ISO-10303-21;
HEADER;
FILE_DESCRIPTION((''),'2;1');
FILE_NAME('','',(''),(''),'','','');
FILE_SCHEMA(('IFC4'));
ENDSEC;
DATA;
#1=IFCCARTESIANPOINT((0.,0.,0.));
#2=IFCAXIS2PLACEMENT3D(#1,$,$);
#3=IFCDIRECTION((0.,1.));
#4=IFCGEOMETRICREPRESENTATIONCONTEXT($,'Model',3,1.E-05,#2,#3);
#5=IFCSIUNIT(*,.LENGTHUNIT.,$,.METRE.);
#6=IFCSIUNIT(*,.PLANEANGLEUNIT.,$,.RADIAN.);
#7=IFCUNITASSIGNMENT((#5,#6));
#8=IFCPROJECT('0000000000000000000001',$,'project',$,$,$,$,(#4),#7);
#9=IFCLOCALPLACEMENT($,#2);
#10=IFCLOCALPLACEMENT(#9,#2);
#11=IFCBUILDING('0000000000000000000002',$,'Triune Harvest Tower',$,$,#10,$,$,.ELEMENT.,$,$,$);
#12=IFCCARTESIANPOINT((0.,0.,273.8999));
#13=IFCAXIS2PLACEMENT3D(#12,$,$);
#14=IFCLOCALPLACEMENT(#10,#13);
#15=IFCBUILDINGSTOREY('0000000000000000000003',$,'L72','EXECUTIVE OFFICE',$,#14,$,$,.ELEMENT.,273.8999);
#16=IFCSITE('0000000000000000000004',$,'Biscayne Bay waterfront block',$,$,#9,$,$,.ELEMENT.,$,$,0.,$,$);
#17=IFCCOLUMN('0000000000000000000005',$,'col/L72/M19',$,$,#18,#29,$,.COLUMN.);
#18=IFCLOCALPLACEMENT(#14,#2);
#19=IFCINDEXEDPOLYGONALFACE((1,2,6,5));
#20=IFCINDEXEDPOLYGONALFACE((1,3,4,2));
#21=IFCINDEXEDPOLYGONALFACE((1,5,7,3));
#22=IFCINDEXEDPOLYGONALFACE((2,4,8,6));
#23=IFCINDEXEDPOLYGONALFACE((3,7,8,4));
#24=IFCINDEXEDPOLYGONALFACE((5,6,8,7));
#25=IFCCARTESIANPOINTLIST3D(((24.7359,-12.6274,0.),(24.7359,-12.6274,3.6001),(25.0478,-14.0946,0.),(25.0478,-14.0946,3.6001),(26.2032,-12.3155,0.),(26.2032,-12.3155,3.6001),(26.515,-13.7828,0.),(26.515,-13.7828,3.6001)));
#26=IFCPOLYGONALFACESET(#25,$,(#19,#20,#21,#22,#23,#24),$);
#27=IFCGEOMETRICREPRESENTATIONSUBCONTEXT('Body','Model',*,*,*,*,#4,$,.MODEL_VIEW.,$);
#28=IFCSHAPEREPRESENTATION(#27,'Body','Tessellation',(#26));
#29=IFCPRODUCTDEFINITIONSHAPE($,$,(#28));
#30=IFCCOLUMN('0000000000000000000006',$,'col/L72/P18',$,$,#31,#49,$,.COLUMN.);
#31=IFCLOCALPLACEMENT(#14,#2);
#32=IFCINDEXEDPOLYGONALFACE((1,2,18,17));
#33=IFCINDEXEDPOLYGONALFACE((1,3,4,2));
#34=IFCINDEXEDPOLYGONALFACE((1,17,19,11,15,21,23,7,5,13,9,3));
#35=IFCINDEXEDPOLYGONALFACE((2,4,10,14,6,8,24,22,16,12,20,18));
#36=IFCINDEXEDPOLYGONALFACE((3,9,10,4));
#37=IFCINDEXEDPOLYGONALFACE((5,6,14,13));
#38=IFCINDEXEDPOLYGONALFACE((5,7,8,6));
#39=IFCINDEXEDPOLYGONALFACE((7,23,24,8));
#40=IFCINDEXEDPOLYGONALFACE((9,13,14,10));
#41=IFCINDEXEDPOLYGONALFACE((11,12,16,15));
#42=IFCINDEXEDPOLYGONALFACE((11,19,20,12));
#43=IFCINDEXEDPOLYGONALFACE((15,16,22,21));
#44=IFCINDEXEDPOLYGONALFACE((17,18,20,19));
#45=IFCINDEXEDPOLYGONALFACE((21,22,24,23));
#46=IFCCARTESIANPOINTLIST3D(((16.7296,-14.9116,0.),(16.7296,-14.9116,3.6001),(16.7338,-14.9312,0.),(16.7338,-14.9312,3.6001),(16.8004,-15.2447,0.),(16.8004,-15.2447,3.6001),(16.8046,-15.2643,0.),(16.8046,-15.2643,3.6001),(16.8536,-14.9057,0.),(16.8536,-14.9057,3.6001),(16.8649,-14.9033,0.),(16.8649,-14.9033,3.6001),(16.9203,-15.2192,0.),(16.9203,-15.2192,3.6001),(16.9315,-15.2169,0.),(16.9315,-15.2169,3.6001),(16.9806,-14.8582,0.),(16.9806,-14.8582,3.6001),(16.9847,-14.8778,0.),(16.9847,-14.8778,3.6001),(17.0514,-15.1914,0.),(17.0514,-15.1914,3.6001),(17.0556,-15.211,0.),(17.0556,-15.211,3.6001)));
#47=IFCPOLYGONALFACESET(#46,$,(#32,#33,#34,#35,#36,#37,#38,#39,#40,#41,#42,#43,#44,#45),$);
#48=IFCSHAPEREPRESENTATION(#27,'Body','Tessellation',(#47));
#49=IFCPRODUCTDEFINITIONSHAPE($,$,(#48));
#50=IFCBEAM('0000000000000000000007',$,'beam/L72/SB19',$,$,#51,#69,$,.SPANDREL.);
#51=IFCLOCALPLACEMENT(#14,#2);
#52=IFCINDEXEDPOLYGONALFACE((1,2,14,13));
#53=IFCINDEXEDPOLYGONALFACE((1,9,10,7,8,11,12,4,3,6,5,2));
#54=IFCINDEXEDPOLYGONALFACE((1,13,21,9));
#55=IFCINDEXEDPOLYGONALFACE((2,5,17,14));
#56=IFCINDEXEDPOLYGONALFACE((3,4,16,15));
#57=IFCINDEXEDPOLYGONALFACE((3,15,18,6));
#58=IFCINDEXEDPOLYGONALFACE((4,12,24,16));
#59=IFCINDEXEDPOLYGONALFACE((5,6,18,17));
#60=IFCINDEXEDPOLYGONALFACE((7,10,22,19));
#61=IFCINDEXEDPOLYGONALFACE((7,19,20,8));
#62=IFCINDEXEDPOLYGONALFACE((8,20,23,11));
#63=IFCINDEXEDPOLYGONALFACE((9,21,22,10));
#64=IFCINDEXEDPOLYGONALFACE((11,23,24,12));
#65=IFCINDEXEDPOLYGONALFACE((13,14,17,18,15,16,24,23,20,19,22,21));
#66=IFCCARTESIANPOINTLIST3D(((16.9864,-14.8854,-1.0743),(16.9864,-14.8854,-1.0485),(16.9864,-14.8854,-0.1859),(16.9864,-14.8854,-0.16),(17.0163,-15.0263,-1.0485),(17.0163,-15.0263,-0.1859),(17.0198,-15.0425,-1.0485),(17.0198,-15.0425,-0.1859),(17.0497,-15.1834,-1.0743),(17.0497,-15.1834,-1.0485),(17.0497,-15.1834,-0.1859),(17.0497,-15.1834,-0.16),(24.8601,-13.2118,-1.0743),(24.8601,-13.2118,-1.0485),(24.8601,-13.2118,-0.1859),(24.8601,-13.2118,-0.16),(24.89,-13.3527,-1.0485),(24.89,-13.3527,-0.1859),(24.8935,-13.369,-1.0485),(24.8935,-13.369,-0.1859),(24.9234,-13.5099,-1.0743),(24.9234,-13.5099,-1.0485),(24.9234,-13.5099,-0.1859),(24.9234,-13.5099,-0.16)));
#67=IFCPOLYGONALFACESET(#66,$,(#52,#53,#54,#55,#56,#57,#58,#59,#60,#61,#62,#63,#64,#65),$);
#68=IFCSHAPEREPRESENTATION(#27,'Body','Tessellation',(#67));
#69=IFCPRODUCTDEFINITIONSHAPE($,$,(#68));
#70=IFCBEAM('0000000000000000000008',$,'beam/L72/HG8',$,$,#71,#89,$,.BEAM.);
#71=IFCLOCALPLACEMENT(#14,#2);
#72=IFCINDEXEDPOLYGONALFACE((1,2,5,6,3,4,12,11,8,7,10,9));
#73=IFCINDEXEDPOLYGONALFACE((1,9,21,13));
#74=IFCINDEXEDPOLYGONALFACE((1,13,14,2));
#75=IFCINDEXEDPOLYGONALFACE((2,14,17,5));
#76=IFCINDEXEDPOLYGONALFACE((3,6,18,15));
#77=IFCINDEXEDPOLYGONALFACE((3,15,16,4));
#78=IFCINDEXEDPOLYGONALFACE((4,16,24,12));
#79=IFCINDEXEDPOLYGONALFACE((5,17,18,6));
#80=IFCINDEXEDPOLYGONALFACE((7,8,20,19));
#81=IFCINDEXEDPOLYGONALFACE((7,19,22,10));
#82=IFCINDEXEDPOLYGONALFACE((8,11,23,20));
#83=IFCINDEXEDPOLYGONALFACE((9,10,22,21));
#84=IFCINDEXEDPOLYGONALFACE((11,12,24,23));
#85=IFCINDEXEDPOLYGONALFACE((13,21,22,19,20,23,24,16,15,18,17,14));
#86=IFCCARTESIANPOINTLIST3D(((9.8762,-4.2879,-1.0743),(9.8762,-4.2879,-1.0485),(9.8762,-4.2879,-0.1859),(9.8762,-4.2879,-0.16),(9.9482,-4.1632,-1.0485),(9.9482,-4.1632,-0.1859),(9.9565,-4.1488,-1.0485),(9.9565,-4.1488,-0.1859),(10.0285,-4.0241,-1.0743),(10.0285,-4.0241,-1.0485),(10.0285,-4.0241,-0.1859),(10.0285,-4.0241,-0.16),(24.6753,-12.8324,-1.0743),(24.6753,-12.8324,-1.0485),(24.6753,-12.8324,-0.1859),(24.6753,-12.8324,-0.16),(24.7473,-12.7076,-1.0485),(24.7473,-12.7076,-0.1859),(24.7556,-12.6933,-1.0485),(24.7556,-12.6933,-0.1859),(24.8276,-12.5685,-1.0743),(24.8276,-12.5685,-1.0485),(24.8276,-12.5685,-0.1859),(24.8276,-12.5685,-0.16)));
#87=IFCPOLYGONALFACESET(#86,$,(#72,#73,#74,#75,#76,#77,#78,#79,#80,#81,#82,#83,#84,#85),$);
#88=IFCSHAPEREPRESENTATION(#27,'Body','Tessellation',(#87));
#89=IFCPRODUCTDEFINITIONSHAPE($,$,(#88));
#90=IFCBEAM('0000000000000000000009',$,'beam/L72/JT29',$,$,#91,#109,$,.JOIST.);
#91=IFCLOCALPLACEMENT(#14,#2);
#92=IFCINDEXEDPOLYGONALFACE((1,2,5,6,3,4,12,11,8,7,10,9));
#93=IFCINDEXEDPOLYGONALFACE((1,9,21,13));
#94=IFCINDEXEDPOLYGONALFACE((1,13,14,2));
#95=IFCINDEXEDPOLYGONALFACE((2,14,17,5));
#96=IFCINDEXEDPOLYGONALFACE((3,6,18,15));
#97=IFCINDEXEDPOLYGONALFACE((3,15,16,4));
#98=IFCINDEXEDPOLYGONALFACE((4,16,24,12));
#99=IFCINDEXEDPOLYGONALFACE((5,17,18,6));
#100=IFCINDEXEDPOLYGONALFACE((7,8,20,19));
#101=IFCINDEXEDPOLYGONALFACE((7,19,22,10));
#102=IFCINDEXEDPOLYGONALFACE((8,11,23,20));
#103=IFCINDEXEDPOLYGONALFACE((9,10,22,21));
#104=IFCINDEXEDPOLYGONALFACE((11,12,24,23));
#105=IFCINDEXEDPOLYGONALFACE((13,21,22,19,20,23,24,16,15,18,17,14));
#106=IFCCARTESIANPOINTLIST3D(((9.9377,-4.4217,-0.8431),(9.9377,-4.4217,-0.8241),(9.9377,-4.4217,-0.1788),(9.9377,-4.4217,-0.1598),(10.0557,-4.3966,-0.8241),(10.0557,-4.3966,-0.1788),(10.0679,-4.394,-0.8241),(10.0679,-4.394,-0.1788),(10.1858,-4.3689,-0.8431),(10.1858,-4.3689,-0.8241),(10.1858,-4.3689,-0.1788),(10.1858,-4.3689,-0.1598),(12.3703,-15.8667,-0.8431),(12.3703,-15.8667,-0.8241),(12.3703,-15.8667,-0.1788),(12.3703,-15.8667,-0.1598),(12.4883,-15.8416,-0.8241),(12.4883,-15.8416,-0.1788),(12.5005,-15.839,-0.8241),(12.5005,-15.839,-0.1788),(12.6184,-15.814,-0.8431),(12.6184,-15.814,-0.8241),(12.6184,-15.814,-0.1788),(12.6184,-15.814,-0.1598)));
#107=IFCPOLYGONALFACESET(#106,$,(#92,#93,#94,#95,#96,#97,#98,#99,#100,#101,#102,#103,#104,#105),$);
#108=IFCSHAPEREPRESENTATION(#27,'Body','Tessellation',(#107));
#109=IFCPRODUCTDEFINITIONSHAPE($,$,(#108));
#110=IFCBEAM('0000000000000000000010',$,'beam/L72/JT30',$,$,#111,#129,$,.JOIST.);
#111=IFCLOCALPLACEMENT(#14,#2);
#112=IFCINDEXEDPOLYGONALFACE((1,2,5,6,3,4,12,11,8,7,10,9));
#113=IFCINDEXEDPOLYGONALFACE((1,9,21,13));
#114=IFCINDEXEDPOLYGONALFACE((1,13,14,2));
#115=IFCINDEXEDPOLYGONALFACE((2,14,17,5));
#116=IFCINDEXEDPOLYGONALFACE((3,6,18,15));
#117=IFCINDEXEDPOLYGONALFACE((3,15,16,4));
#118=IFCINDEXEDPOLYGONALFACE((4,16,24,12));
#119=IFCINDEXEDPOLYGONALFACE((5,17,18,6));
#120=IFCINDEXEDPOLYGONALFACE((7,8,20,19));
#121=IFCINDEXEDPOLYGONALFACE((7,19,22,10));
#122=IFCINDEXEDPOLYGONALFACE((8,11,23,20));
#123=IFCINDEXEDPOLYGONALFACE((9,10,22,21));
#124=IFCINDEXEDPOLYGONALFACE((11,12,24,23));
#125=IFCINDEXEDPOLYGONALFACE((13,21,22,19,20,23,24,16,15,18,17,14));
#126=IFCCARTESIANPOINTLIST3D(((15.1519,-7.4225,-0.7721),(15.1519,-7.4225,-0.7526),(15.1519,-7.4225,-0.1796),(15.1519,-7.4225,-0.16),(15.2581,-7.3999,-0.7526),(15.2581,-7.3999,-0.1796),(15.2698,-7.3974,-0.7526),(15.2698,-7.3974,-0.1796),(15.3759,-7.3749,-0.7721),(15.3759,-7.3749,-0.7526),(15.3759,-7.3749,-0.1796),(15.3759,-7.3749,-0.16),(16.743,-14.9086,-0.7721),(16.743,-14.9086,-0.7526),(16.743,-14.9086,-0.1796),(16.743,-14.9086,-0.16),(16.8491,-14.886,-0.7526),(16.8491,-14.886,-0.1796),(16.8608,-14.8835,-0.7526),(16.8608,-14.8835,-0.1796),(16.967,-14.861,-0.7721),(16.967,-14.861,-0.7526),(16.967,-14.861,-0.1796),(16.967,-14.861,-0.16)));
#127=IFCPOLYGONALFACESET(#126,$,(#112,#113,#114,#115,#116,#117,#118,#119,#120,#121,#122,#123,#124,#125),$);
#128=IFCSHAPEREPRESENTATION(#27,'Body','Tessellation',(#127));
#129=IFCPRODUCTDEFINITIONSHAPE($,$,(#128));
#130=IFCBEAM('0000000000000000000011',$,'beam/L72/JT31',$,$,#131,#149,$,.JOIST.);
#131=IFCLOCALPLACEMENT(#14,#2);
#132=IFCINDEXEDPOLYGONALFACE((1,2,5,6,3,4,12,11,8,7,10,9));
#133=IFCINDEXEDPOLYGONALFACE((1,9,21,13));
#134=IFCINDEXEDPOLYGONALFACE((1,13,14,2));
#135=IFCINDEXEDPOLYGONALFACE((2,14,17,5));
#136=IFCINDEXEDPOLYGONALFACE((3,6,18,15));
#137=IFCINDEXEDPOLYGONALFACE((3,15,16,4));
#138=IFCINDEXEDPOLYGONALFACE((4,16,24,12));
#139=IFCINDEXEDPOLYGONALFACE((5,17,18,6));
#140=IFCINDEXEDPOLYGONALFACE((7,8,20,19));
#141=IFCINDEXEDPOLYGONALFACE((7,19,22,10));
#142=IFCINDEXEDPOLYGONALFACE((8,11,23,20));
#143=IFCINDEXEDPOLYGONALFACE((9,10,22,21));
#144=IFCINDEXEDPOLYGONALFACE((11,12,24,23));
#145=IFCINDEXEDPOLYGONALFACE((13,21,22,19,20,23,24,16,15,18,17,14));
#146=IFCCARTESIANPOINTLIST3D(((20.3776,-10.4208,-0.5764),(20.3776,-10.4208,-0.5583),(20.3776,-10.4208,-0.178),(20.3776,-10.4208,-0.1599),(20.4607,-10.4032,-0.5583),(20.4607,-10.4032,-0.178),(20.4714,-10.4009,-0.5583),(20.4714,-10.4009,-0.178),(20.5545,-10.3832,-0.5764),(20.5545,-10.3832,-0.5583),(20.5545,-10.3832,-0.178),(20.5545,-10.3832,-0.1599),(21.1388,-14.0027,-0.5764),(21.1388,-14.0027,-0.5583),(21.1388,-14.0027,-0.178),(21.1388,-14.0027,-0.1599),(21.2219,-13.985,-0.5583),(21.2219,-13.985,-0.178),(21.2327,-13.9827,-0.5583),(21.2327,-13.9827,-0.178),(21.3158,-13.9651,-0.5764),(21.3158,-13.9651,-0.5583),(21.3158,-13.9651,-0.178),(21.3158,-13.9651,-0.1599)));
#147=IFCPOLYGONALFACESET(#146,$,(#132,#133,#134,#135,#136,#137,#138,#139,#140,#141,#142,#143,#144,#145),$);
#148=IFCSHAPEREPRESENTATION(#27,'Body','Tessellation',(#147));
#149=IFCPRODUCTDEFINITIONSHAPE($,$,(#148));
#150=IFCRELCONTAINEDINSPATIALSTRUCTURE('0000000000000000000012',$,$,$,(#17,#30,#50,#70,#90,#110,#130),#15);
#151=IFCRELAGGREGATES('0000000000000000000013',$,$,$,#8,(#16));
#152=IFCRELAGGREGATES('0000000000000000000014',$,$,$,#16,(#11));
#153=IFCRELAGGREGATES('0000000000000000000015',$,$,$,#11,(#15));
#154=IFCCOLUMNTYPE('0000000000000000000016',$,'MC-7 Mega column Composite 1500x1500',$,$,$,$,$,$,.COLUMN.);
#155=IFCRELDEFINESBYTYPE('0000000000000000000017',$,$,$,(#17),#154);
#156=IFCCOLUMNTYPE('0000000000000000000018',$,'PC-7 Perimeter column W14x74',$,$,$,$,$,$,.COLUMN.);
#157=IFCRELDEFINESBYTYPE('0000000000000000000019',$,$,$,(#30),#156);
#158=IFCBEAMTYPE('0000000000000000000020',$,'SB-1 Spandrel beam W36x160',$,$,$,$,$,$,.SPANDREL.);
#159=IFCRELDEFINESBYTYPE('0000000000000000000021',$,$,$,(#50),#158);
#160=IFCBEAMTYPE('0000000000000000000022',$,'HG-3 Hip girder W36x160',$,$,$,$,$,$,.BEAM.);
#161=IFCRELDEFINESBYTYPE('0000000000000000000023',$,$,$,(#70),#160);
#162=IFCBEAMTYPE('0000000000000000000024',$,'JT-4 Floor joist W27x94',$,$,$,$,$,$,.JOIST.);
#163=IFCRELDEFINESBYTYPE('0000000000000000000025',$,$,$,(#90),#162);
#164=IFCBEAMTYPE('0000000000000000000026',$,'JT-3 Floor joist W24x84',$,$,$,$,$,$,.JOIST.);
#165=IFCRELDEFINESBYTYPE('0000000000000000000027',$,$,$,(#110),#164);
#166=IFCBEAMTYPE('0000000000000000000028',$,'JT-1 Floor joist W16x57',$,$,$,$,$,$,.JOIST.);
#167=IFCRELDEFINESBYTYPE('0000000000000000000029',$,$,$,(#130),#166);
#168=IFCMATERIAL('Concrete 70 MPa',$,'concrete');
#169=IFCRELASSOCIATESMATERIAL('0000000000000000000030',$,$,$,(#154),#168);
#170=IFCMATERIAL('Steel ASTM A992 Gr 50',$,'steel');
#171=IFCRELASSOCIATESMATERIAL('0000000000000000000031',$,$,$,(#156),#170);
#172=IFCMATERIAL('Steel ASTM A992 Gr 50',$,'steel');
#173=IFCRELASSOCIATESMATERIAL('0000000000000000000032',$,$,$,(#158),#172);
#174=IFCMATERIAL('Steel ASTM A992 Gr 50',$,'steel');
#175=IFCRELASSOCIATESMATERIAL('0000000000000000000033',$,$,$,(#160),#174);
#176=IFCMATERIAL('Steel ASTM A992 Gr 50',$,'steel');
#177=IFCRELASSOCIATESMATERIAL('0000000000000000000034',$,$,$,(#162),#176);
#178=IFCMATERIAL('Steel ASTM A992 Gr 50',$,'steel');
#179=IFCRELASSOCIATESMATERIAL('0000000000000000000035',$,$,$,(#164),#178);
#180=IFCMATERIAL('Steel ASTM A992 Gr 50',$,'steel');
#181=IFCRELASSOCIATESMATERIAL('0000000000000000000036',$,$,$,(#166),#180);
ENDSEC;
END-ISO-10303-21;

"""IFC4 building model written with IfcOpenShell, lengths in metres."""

from ifc_helpers import new_model, si_unit, direction, frame, origin, origin_2d, place, context, subcontext, project, spatial, rectangle, i_section, extrude, source, transform, mapped, material, material_profile, profile_set, type_object, element, save


model = new_model("IFC4")

# Units and contexts
model_context = context("Model", 3, precision=1e-05, world=origin(), true_north=direction((0.0, 1.0)))
body_context = subcontext(model_context, "Body", "Model", "MODEL_VIEW")
ifc_project = project(units=[si_unit("LENGTHUNIT", "METRE"), si_unit("PLANEANGLEUNIT", "RADIAN")], contexts=[model_context])

# Site, building, storey
site_placement = place(None, origin())
site = spatial("IfcSite", under=ifc_project, at=site_placement, Name="Biscayne Bay waterfront block", CompositionType="ELEMENT", RefElevation=0.0)
building_placement = place(site_placement, origin())
building = spatial("IfcBuilding", under=site, at=building_placement, Name="Triune Harvest Tower", CompositionType="ELEMENT")
storey_placement = place(building_placement, frame((0.0, 0.0, 273.8999)))
storey = spatial("IfcBuildingStorey", under=building, at=storey_placement, Name="L72", Description="EXECUTIVE OFFICE", CompositionType="ELEMENT", Elevation=273.8999)

# Columns
ifc_material_1 = material(Name="Concrete 70 MPa", Category="concrete")
ifc_material_profile_1 = material_profile(ifc_material_1, rectangle(XDim=1.5, YDim=1.5, at=origin_2d()), Name="Composite 1500x1500")
ifc_profile_set_1 = profile_set([ifc_material_profile_1], Name="Concrete 70 MPa")
column_type_1 = type_object("IfcColumnType", Name="MC-7 Mega column Composite 1500x1500", PredefinedType="COLUMN", material=ifc_profile_set_1)
shared_shape_1 = source(origin(), body_context, "Body", "SweptSolid", [
    extrude(rectangle(XDim=1.5, YDim=1.5, at=origin_2d()), origin(), (0.0, 0.0, 1.0), 3.6001),
])
column_1_placement = place(storey_placement, frame((25.6255, -13.2051, 0.0), z_axis=(0.0, 0.0, 1.0), x_axis=(0.978147, 0.207913, 0.0)))
element("IfcColumn", 1, at=column_1_placement, inside=storey, type_object=column_type_1, Name="col/L72/M19", PredefinedType="COLUMN", context=body_context, shape_type="MappedRepresentation", body=[
    mapped(shared_shape_1, transform((0.0, 0.0, 0.0), scale=1.0)),
])
ifc_material_2 = material(Name="Steel ASTM A992 Gr 50", Category="steel")
ifc_material_profile_2 = material_profile(ifc_material_2, i_section(OverallWidth=0.2566, OverallDepth=0.3606, WebThickness=0.0115, FlangeThickness=0.02, at=origin_2d()), Name="W14x74")
ifc_profile_set_2 = profile_set([ifc_material_profile_2], Name="Steel ASTM A992 Gr 50")
column_type_2 = type_object("IfcColumnType", Name="PC-7 Perimeter column W14x74", PredefinedType="COLUMN", material=ifc_profile_set_2)
shared_shape_2 = source(origin(), body_context, "Body", "SweptSolid", [
    extrude(i_section(OverallWidth=0.2566, OverallDepth=0.3606, WebThickness=0.0115, FlangeThickness=0.02, at=origin_2d()), origin(), (0.0, 0.0, 1.0), 3.6001),
])
column_2_placement = place(storey_placement, frame((16.8926, -15.0613, 0.0), z_axis=(0.0, 0.0, 1.0), x_axis=(0.978147, 0.207913, 0.0)))
element("IfcColumn", 2, at=column_2_placement, inside=storey, type_object=column_type_2, Name="col/L72/P18", PredefinedType="COLUMN", context=body_context, shape_type="MappedRepresentation", body=[
    mapped(shared_shape_2, transform((0.0, 0.0, 0.0), scale=1.0)),
])

# Beams
ifc_material_3 = material(Name="Steel ASTM A992 Gr 50", Category="steel")
ifc_material_profile_3 = material_profile(ifc_material_3, i_section(OverallWidth=0.3047, OverallDepth=0.9143, WebThickness=0.0166, FlangeThickness=0.0259, at=origin_2d()), Name="W36x160")
ifc_profile_set_3 = profile_set([ifc_material_profile_3], Name="Steel ASTM A992 Gr 50")
beam_type_1 = type_object("IfcBeamType", Name="SB-1 Spandrel beam W36x160", PredefinedType="SPANDREL", material=ifc_profile_set_3)
shared_shape_3 = source(origin(), body_context, "Body", "SweptSolid", [
    extrude(i_section(OverallWidth=0.3047, OverallDepth=0.9143, WebThickness=0.0166, FlangeThickness=0.0259, at=origin_2d()), origin(), (0.0, 0.0, 1.0), 8.0496),
])
beam_1_placement = place(storey_placement, frame((17.0181, -15.0344, -0.6172), z_axis=(0.978149, 0.207907, 0.0), x_axis=(-0.207907, 0.978149, 0.0)))
element("IfcBeam", 3, at=beam_1_placement, inside=storey, type_object=beam_type_1, Name="beam/L72/SB19", PredefinedType="SPANDREL", context=body_context, shape_type="MappedRepresentation", body=[
    mapped(shared_shape_3, transform((0.0, 0.0, 0.0), scale=1.0)),
])
ifc_material_4 = material(Name="Steel ASTM A992 Gr 50", Category="steel")
ifc_material_profile_4 = material_profile(ifc_material_4, i_section(OverallWidth=0.3047, OverallDepth=0.9143, WebThickness=0.0166, FlangeThickness=0.0259, at=origin_2d()), Name="W36x160")
ifc_profile_set_4 = profile_set([ifc_material_profile_4], Name="Steel ASTM A992 Gr 50")
beam_type_2 = type_object("IfcBeamType", Name="HG-3 Hip girder W36x160", PredefinedType="BEAM", material=ifc_profile_set_4)
shared_shape_4 = source(origin(), body_context, "Body", "SweptSolid", [
    extrude(i_section(OverallWidth=0.3047, OverallDepth=0.9143, WebThickness=0.0166, FlangeThickness=0.0259, at=origin_2d()), origin(), (0.0, 0.0, 1.0), 17.0886),
])
beam_2_placement = place(storey_placement, frame((24.7515, -12.7004, -0.6172), z_axis=(-0.866021, 0.500008, 0.0), x_axis=(-0.500008, -0.866021, 0.0)))
element("IfcBeam", 4, at=beam_2_placement, inside=storey, type_object=beam_type_2, Name="beam/L72/HG8", PredefinedType="BEAM", context=body_context, shape_type="MappedRepresentation", body=[
    mapped(shared_shape_4, transform((0.0, 0.0, 0.0), scale=1.0)),
])
ifc_material_5 = material(Name="Steel ASTM A992 Gr 50", Category="steel")
ifc_material_profile_5 = material_profile(ifc_material_5, i_section(OverallWidth=0.2537, OverallDepth=0.6833, WebThickness=0.0125, FlangeThickness=0.019, at=origin_2d()), Name="W27x94")
ifc_profile_set_5 = profile_set([ifc_material_profile_5], Name="Steel ASTM A992 Gr 50")
beam_type_3 = type_object("IfcBeamType", Name="JT-4 Floor joist W27x94", PredefinedType="JOIST", material=ifc_profile_set_5)
shared_shape_5 = source(origin(), body_context, "Body", "SweptSolid", [
    extrude(i_section(OverallWidth=0.2537, OverallDepth=0.6833, WebThickness=0.0125, FlangeThickness=0.019, at=origin_2d()), origin(), (0.0, 0.0, 1.0), 11.7007),
])
beam_3_placement = place(storey_placement, frame((12.4944, -15.8403, -0.5015), z_axis=(-0.207903, 0.978149, 0.0), x_axis=(-0.978149, -0.207903, 0.0)))
element("IfcBeam", 5, at=beam_3_placement, inside=storey, type_object=beam_type_3, Name="beam/L72/JT29", PredefinedType="JOIST", context=body_context, shape_type="MappedRepresentation", body=[
    mapped(shared_shape_5, transform((0.0, 0.0, 0.0), scale=1.0)),
])
ifc_material_6 = material(Name="Steel ASTM A992 Gr 50", Category="steel")
ifc_material_profile_6 = material_profile(ifc_material_6, i_section(OverallWidth=0.229, OverallDepth=0.6121, WebThickness=0.012, FlangeThickness=0.0195, at=origin_2d()), Name="W24x84")
ifc_profile_set_6 = profile_set([ifc_material_profile_6], Name="Steel ASTM A992 Gr 50")
beam_type_4 = type_object("IfcBeamType", Name="JT-3 Floor joist W24x84", PredefinedType="JOIST", material=ifc_profile_set_6)
shared_shape_6 = source(origin(), body_context, "Body", "SweptSolid", [
    extrude(i_section(OverallWidth=0.229, OverallDepth=0.6121, WebThickness=0.012, FlangeThickness=0.0195, at=origin_2d()), origin(), (0.0, 0.0, 1.0), 7.6533),
])
beam_4_placement = place(storey_placement, frame((16.855, -14.8848, -0.4661), z_axis=(-0.207893, 0.978152, 0.0), x_axis=(-0.978152, -0.207893, 0.0)))
element("IfcBeam", 6, at=beam_4_placement, inside=storey, type_object=beam_type_4, Name="beam/L72/JT30", PredefinedType="JOIST", context=body_context, shape_type="MappedRepresentation", body=[
    mapped(shared_shape_6, transform((0.0, 0.0, 0.0), scale=1.0)),
])
ifc_material_7 = material(Name="Steel ASTM A992 Gr 50", Category="steel")
ifc_material_profile_7 = material_profile(ifc_material_7, i_section(OverallWidth=0.1809, OverallDepth=0.4165, WebThickness=0.011, FlangeThickness=0.0181, at=origin_2d()), Name="W16x57")
ifc_profile_set_7 = profile_set([ifc_material_profile_7], Name="Steel ASTM A992 Gr 50")
beam_type_5 = type_object("IfcBeamType", Name="JT-1 Floor joist W16x57", PredefinedType="JOIST", material=ifc_profile_set_7)
shared_shape_7 = source(origin(), body_context, "Body", "SweptSolid", [
    extrude(i_section(OverallWidth=0.1809, OverallDepth=0.4165, WebThickness=0.011, FlangeThickness=0.0181, at=origin_2d()), origin(), (0.0, 0.0, 1.0), 3.6619),
])
beam_5_placement = place(storey_placement, frame((21.2273, -13.9839, -0.3682), z_axis=(-0.207885, 0.978153, 0.0), x_axis=(-0.978153, -0.207885, 0.0)))
element("IfcBeam", 7, at=beam_5_placement, inside=storey, type_object=beam_type_5, Name="beam/L72/JT31", PredefinedType="JOIST", context=body_context, shape_type="MappedRepresentation", body=[
    mapped(shared_shape_7, transform((0.0, 0.0, 0.0), scale=1.0)),
])

save(model, "model.ifc")
